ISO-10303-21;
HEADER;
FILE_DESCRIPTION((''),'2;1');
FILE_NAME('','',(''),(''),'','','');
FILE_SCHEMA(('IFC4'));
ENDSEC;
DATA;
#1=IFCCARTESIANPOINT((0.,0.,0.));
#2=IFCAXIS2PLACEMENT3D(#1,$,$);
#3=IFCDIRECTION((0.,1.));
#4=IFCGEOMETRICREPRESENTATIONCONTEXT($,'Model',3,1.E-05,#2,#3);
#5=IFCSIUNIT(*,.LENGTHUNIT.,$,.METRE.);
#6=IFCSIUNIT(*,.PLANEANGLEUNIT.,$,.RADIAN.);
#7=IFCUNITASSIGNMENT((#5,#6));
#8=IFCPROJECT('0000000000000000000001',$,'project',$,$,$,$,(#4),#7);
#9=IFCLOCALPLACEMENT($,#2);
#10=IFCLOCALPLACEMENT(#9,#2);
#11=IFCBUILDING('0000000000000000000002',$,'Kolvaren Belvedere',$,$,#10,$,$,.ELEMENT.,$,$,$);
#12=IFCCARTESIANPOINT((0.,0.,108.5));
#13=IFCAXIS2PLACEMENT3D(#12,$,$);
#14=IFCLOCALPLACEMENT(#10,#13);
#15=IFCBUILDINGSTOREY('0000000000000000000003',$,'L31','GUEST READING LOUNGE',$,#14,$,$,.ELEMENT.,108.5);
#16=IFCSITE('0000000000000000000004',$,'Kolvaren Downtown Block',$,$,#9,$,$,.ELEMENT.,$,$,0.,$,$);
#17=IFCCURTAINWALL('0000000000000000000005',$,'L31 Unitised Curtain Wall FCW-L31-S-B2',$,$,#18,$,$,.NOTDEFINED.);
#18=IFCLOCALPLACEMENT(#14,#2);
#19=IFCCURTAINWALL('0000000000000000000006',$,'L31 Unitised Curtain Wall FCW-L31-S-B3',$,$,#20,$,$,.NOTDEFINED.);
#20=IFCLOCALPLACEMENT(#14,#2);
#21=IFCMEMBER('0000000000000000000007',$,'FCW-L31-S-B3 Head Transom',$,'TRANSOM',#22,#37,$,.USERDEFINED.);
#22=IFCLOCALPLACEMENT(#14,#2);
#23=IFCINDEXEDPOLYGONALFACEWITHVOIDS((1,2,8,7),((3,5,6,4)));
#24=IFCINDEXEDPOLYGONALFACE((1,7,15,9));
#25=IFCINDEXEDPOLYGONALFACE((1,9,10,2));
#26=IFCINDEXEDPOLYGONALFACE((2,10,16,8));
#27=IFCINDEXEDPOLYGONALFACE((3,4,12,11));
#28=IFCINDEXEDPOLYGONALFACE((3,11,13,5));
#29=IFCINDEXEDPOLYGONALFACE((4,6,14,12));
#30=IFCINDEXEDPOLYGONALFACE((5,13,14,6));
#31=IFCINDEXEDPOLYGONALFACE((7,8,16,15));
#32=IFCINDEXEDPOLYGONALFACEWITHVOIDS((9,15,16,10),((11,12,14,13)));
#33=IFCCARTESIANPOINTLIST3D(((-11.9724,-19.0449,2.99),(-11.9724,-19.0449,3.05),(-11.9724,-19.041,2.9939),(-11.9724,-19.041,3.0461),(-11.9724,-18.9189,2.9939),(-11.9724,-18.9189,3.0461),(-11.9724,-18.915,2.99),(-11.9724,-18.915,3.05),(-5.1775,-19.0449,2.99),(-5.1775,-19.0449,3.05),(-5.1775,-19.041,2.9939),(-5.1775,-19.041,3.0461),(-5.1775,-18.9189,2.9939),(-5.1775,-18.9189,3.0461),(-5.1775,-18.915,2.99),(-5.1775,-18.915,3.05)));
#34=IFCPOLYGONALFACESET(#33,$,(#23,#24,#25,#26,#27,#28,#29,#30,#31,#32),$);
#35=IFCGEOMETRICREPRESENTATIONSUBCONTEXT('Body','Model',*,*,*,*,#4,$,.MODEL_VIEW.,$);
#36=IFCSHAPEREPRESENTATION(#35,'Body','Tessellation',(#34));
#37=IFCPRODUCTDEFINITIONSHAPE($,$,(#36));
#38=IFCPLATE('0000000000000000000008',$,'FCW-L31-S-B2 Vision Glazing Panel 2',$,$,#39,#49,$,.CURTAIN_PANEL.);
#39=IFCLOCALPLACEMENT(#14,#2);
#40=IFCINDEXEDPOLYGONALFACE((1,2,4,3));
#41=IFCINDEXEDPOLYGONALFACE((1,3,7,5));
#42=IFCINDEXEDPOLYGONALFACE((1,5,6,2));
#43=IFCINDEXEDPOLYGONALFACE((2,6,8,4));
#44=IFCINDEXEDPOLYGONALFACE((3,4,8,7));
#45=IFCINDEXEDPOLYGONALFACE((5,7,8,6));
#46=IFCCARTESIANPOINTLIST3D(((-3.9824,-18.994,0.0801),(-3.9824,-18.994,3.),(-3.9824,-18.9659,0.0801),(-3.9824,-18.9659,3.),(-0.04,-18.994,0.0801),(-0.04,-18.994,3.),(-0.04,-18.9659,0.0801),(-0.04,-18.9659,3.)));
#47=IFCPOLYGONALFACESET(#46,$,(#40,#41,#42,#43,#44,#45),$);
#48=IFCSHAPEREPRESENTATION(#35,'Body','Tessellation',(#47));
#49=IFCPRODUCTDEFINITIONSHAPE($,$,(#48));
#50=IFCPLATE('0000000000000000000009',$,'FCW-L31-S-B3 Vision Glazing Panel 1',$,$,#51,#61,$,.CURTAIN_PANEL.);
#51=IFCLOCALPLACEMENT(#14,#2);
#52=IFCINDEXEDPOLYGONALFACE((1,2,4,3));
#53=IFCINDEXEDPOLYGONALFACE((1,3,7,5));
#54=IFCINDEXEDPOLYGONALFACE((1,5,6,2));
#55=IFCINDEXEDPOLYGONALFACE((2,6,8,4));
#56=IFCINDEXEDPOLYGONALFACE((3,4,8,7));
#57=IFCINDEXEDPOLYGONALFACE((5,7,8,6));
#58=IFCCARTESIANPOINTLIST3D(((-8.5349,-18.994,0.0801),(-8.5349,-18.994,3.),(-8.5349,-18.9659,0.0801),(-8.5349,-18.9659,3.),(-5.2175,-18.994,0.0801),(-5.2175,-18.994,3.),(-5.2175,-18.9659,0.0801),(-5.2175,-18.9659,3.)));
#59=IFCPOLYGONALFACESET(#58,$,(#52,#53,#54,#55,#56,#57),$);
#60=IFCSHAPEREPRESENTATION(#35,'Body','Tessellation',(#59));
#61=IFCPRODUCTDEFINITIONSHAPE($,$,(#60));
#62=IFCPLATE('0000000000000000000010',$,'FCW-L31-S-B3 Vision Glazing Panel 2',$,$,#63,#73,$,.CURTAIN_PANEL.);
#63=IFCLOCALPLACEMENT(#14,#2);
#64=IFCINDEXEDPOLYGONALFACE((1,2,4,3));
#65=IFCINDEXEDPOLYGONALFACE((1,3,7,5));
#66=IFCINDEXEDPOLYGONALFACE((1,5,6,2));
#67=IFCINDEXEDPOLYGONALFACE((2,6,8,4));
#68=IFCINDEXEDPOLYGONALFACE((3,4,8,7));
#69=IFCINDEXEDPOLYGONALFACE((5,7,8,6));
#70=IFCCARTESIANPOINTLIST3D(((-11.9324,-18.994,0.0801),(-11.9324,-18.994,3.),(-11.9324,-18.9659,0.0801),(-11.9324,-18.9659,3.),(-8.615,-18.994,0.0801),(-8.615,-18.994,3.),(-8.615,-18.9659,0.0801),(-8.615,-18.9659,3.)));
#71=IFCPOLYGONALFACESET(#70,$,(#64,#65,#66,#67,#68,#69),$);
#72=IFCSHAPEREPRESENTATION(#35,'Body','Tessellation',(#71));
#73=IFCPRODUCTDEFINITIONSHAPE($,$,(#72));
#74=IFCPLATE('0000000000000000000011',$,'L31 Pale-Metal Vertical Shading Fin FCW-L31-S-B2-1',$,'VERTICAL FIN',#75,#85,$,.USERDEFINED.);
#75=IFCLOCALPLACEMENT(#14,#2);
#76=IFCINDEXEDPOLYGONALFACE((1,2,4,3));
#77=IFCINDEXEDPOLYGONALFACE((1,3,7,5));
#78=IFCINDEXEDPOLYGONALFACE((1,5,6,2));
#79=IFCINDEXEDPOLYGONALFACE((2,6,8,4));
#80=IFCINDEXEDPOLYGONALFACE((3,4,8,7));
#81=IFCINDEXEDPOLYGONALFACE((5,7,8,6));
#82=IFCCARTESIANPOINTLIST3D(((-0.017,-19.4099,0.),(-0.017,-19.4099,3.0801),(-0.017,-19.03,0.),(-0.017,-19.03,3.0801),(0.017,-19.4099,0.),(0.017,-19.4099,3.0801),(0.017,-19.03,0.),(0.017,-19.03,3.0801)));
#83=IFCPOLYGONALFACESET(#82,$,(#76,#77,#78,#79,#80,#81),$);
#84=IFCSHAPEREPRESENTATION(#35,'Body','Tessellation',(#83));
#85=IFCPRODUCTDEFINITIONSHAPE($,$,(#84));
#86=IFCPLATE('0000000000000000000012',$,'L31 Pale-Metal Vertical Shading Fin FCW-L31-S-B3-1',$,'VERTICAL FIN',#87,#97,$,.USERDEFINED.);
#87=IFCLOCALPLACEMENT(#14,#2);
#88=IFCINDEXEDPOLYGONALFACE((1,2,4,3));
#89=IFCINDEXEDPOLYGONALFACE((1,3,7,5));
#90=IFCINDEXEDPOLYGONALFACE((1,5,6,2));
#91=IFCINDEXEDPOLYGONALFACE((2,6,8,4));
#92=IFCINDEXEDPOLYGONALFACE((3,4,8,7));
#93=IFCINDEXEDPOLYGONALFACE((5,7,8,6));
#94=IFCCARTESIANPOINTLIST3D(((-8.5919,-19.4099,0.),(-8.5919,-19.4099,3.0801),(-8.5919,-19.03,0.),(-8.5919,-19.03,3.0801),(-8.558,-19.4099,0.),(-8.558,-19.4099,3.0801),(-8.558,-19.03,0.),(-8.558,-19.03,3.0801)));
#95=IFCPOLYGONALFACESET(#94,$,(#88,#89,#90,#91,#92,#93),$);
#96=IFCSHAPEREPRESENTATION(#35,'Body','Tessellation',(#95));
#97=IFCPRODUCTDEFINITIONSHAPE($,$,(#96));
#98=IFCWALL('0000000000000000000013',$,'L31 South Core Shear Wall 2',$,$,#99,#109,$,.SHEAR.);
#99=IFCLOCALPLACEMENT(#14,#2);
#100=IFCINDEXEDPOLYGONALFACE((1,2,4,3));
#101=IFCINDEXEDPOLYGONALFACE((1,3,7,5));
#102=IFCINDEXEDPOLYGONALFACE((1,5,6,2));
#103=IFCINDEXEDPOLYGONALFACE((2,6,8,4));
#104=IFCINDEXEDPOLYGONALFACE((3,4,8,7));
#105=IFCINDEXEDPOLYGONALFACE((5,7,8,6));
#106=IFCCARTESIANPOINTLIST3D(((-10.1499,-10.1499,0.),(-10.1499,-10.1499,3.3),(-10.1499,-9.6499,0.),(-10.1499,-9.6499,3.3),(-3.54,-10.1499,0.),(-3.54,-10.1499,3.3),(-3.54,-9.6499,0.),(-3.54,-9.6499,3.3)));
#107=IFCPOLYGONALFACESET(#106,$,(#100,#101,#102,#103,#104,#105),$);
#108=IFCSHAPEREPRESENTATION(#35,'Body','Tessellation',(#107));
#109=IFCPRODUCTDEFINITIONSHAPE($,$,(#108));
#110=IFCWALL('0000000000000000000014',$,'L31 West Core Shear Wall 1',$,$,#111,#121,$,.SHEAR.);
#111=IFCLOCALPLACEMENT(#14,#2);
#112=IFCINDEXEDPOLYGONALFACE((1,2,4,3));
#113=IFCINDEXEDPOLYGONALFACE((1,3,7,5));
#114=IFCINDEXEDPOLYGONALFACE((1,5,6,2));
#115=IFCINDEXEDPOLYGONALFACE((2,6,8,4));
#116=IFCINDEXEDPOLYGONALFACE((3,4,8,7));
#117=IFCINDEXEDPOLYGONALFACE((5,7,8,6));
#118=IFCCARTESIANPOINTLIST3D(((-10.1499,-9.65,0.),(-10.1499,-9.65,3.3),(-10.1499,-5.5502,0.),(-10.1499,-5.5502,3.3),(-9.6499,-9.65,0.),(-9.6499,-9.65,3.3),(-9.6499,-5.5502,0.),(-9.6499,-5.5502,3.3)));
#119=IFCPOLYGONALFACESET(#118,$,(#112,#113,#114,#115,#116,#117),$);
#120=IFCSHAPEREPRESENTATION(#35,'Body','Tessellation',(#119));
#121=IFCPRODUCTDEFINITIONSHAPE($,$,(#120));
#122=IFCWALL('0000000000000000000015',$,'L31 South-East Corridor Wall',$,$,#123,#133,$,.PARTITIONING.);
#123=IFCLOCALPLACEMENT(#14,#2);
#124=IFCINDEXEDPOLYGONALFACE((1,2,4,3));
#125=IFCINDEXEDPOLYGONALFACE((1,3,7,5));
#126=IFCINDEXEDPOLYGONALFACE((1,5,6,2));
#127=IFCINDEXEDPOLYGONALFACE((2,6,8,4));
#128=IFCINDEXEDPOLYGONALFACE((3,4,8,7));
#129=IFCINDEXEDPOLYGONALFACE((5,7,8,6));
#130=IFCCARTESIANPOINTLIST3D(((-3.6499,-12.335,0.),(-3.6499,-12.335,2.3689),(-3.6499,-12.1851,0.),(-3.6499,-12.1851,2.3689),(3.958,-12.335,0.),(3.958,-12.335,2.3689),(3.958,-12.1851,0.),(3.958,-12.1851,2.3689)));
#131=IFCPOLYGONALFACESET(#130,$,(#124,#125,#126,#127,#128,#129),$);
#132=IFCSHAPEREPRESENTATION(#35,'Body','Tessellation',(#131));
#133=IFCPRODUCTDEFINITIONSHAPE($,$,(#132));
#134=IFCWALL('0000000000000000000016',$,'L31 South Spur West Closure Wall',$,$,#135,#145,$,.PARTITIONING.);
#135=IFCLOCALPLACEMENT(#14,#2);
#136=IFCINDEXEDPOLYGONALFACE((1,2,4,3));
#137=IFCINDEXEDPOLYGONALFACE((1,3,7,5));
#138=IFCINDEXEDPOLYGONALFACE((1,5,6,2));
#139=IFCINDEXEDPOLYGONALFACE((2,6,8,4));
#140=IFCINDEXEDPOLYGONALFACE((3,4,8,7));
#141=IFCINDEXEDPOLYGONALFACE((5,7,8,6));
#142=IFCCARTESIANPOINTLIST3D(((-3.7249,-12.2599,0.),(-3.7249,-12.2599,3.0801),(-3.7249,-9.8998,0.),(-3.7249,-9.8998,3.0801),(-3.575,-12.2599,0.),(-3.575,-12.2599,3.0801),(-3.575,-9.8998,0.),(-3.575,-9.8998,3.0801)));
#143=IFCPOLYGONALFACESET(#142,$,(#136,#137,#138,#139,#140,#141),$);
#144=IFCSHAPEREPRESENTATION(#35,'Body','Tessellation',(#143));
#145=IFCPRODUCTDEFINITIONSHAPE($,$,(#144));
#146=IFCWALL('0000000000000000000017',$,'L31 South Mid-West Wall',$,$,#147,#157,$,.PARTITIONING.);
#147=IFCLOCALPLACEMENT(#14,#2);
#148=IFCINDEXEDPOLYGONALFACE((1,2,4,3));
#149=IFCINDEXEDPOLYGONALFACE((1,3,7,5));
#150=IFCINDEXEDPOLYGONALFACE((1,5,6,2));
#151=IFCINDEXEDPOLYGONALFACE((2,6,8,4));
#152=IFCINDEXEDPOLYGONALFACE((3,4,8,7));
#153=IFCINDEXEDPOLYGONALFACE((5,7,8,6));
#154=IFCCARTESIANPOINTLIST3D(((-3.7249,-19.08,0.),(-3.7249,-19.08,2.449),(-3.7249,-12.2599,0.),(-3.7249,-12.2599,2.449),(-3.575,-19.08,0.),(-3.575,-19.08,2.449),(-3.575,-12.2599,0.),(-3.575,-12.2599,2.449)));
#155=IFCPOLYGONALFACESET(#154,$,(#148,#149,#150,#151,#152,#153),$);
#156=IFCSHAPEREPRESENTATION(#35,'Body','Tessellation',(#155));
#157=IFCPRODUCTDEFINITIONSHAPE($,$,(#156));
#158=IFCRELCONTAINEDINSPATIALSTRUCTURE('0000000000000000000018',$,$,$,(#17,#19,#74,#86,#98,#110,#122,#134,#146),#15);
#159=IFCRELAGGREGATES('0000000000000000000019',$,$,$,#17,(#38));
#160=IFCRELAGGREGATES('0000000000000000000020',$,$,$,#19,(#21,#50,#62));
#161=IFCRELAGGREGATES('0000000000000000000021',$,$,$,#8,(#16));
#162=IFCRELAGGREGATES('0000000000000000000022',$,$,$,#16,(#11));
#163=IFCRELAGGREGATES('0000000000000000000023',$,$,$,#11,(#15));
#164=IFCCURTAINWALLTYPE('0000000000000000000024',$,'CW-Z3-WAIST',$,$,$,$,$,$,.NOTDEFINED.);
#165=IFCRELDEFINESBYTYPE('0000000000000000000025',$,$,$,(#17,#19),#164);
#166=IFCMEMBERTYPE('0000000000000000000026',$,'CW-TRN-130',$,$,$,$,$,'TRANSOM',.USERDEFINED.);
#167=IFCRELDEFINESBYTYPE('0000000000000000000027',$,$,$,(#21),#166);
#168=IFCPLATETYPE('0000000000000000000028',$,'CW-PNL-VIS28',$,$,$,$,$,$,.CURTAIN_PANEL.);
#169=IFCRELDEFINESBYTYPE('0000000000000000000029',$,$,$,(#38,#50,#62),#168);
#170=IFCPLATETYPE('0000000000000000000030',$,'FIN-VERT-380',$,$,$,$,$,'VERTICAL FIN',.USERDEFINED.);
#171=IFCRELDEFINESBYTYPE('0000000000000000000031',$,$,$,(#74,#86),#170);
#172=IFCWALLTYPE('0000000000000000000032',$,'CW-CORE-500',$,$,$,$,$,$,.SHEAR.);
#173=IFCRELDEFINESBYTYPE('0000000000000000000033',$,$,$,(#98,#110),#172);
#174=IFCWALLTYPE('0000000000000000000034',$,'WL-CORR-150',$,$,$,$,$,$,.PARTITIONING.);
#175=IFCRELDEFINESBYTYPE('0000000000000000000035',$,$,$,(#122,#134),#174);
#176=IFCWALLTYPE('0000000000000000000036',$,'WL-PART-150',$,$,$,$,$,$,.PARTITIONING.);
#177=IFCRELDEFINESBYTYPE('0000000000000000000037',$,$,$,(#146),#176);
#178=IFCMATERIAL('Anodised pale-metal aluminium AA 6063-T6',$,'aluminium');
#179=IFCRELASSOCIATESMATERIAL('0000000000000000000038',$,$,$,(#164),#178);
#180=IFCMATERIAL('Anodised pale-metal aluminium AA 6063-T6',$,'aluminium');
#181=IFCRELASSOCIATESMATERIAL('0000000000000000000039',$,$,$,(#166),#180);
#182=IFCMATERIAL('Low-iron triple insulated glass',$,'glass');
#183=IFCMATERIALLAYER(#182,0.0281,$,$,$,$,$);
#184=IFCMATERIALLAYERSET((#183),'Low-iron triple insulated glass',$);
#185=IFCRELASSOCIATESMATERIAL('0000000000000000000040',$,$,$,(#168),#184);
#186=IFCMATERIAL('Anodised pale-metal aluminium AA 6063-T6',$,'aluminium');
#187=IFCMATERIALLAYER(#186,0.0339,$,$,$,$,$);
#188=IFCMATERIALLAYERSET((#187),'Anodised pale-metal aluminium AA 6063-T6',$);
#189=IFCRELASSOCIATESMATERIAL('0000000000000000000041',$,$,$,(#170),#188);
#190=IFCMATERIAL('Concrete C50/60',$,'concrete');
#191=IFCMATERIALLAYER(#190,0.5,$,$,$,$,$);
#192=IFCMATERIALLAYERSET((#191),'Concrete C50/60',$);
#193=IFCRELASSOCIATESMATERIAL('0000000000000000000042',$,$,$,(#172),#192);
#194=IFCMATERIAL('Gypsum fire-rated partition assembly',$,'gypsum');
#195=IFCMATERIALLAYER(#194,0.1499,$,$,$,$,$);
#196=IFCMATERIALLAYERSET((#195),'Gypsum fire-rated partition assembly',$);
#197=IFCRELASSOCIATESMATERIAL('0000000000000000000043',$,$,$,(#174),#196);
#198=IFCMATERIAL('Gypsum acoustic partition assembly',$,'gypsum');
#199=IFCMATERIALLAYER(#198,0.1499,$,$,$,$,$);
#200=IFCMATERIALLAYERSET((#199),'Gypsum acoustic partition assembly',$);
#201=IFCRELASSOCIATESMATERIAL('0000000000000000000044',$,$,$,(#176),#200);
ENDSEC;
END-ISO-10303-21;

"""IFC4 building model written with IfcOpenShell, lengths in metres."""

from ifc_helpers import new_model, si_unit, direction, frame, frame_2d, origin, origin_2d, place, context, subcontext, project, spatial, rectangle, hollow_rectangle, extrude, material, layer, layer_set, material_profile, profile_set, type_object, element, aggregate, save


model = new_model("IFC4")

# Units and contexts
model_context = context("Model", 3, precision=1e-05, world=origin(), true_north=direction((0.0, 1.0)))
body_context = subcontext(model_context, "Body", "Model", "MODEL_VIEW")
ifc_project = project(units=[si_unit("LENGTHUNIT", "METRE"), si_unit("PLANEANGLEUNIT", "RADIAN")], contexts=[model_context])

# Site, building, storey
site_placement = place(None, origin())
site = spatial("IfcSite", under=ifc_project, at=site_placement, Name="Kolvaren Downtown Block", CompositionType="ELEMENT", RefElevation=0.0)
building_placement = place(site_placement, origin())
building = spatial("IfcBuilding", under=site, at=building_placement, Name="Kolvaren Belvedere", CompositionType="ELEMENT")
storey_placement = place(building_placement, frame((0.0, 0.0, 108.5)))
storey = spatial("IfcBuildingStorey", under=building, at=storey_placement, Name="L31", Description="GUEST READING LOUNGE", CompositionType="ELEMENT", Elevation=108.5)

# Curtain walls, member
ifc_material_1 = material(Name="Anodised pale-metal aluminium AA 6063-T6", Category="aluminium")
curtain_wall_type = type_object("IfcCurtainWallType", Name="CW-Z3-WAIST", PredefinedType="NOTDEFINED", material=ifc_material_1)
curtain_wall_1_placement = place(storey_placement, origin())
curtain_wall_1 = element("IfcCurtainWall", 1, at=curtain_wall_1_placement, inside=storey, type_object=curtain_wall_type, Name="L31 Unitised Curtain Wall FCW-L31-S-B2", PredefinedType="NOTDEFINED")
curtain_wall_2_placement = place(storey_placement, origin())
curtain_wall_2 = element("IfcCurtainWall", 2, at=curtain_wall_2_placement, inside=storey, type_object=curtain_wall_type, Name="L31 Unitised Curtain Wall FCW-L31-S-B3", PredefinedType="NOTDEFINED")
ifc_material_2 = material(Name="Anodised pale-metal aluminium AA 6063-T6", Category="aluminium")
ifc_material_profile_1 = material_profile(ifc_material_2, hollow_rectangle(XDim=0.0601, YDim=0.1299, WallThickness=0.0039, at=origin_2d()), Name="ALU-TRN-130X60")
ifc_profile_set_1 = profile_set([ifc_material_profile_1], Name="Anodised pale-metal aluminium AA 6063-T6")
member_type_1 = type_object("IfcMemberType", Name="CW-TRN-130", ElementType="TRANSOM", PredefinedType="USERDEFINED", material=ifc_profile_set_1)
member_1_placement = place(storey_placement, frame((-5.1775, -18.98, 3.02), z_axis=(-1.0, 0.0, 0.0), x_axis=(0.0, 0.0, 1.0)))
member_1 = element("IfcMember", 3, at=member_1_placement, type_object=member_type_1, Name="FCW-L31-S-B3 Head Transom", ObjectType="TRANSOM", PredefinedType="USERDEFINED", context=body_context, shape_type="SweptSolid", body=[
    extrude(hollow_rectangle(XDim=0.0601, YDim=0.1299, WallThickness=0.0039, at=origin_2d()), origin(), (0.0, 0.0, 1.0), 6.7949),
])

# Plates
ifc_material_3 = material(Name="Low-iron triple insulated glass", Category="glass")
ifc_layer_1 = layer(ifc_material_3, 0.0281)
ifc_layer_set_1 = layer_set([ifc_layer_1], Name="Low-iron triple insulated glass")
plate_type_1 = type_object("IfcPlateType", Name="CW-PNL-VIS28", PredefinedType="CURTAIN_PANEL", material=ifc_layer_set_1)
plate_1_placement = place(storey_placement, frame((-2.0112, -18.98, 0.0801), z_axis=(0.0, 0.0, 1.0), x_axis=(-1.0, 0.0, 0.0)))
plate_1 = element("IfcPlate", 4, at=plate_1_placement, type_object=plate_type_1, Name="FCW-L31-S-B2 Vision Glazing Panel 2", PredefinedType="CURTAIN_PANEL", context=body_context, shape_type="SweptSolid", body=[
    extrude(rectangle(XDim=3.9424, YDim=0.0281, at=origin_2d()), origin(), (0.0, 0.0, 1.0), 2.9199),
])
aggregate(curtain_wall_1, [plate_1])
plate_2_placement = place(storey_placement, frame((-6.8762, -18.98, 0.0801), z_axis=(0.0, 0.0, 1.0), x_axis=(-1.0, 0.0, 0.0)))
plate_2 = element("IfcPlate", 5, at=plate_2_placement, type_object=plate_type_1, Name="FCW-L31-S-B3 Vision Glazing Panel 1", PredefinedType="CURTAIN_PANEL", context=body_context, shape_type="SweptSolid", body=[
    extrude(rectangle(XDim=3.3174, YDim=0.0281, at=origin_2d()), origin(), (0.0, 0.0, 1.0), 2.9199),
])
plate_3_placement = place(storey_placement, frame((-10.2737, -18.98, 0.0801), z_axis=(0.0, 0.0, 1.0), x_axis=(-1.0, 0.0, 0.0)))
plate_3 = element("IfcPlate", 6, at=plate_3_placement, type_object=plate_type_1, Name="FCW-L31-S-B3 Vision Glazing Panel 2", PredefinedType="CURTAIN_PANEL", context=body_context, shape_type="SweptSolid", body=[
    extrude(rectangle(XDim=3.3174, YDim=0.0281, at=origin_2d()), origin(), (0.0, 0.0, 1.0), 2.9199),
])
aggregate(curtain_wall_2, [member_1, plate_2, plate_3])

# Plates
ifc_material_4 = material(Name="Anodised pale-metal aluminium AA 6063-T6", Category="aluminium")
ifc_layer_2 = layer(ifc_material_4, 0.0339)
ifc_layer_set_2 = layer_set([ifc_layer_2], Name="Anodised pale-metal aluminium AA 6063-T6")
plate_type_2 = type_object("IfcPlateType", Name="FIN-VERT-380", ElementType="VERTICAL FIN", PredefinedType="USERDEFINED", material=ifc_layer_set_2)
for number, where, z_axis, x_axis, name in (
    (7, (0.0, -19.22, 0.0), (0.0, 0.0, 1.0), (0.0, 1.0, 0.0), "L31 Pale-Metal Vertical Shading Fin FCW-L31-S-B2-1"),
    (8, (-8.575, -19.22, 0.0), (0.0, 0.0, 1.0), (0.0, 1.0, 0.0), "L31 Pale-Metal Vertical Shading Fin FCW-L31-S-B3-1"),
):
    element("IfcPlate", number, at=place(storey_placement, frame(where, z_axis=z_axis, x_axis=x_axis)), inside=storey, type_object=plate_type_2, Name=name, ObjectType="VERTICAL FIN", PredefinedType="USERDEFINED", context=body_context, shape_type="SweptSolid", body=[
        extrude(rectangle(XDim=0.3799, YDim=0.0339, at=origin_2d()), origin(), (0.0, 0.0, 1.0), 3.0801),
    ])

# Walls
ifc_material_5 = material(Name="Concrete C50/60", Category="concrete")
ifc_layer_3 = layer(ifc_material_5, 0.5)
ifc_layer_set_3 = layer_set([ifc_layer_3], Name="Concrete C50/60")
wall_type_1 = type_object("IfcWallType", Name="CW-CORE-500", PredefinedType="SHEAR", material=ifc_layer_set_3)
wall_1_placement = place(storey_placement, frame((-3.54, -9.8999, 0.0), z_axis=(0.0, 0.0, 1.0), x_axis=(-1.0, 0.0, 0.0)))
element("IfcWall", 9, at=wall_1_placement, inside=storey, type_object=wall_type_1, Name="L31 South Core Shear Wall 2", PredefinedType="SHEAR", context=body_context, shape_type="SweptSolid", body=[
    extrude(rectangle(XDim=6.6099, YDim=0.5, at=frame_2d((3.3049, 0.0))), origin(), (0.0, 0.0, 1.0), 3.3),
])
wall_2_placement = place(storey_placement, frame((-9.8999, -9.6499, 0.0), z_axis=(0.0, 0.0, 1.0), x_axis=(0.0, 1.0, 0.0)))
element("IfcWall", 10, at=wall_2_placement, inside=storey, type_object=wall_type_1, Name="L31 West Core Shear Wall 1", PredefinedType="SHEAR", context=body_context, shape_type="SweptSolid", body=[
    extrude(rectangle(XDim=4.0999, YDim=0.5, at=frame_2d((2.0498, 0.0))), origin(), (0.0, 0.0, 1.0), 3.3),
])
ifc_material_6 = material(Name="Gypsum fire-rated partition assembly", Category="gypsum")
ifc_layer_4 = layer(ifc_material_6, 0.1499)
ifc_layer_set_4 = layer_set([ifc_layer_4], Name="Gypsum fire-rated partition assembly")
wall_type_2 = type_object("IfcWallType", Name="WL-CORR-150", PredefinedType="PARTITIONING", material=ifc_layer_set_4)
wall_3_placement = place(storey_placement, frame((-3.6499, -12.26, 0.0), z_axis=(0.0, 0.0, 1.0), x_axis=(1.0, 0.0, 0.0)))
element("IfcWall", 11, at=wall_3_placement, inside=storey, type_object=wall_type_2, Name="L31 South-East Corridor Wall", PredefinedType="PARTITIONING", context=body_context, shape_type="SweptSolid", body=[
    extrude(rectangle(XDim=7.6079, YDim=0.1499, at=frame_2d((3.804, 0.0))), origin(), (0.0, 0.0, 1.0), 2.3689),
])
wall_4_placement = place(storey_placement, frame((-3.6499, -12.26, 0.0), z_axis=(0.0, 0.0, 1.0), x_axis=(0.0, 1.0, 0.0)))
element("IfcWall", 12, at=wall_4_placement, inside=storey, type_object=wall_type_2, Name="L31 South Spur West Closure Wall", PredefinedType="PARTITIONING", context=body_context, shape_type="SweptSolid", body=[
    extrude(rectangle(XDim=2.3601, YDim=0.1499, at=frame_2d((1.1802, 0.0))), origin(), (0.0, 0.0, 1.0), 3.0801),
])
ifc_material_7 = material(Name="Gypsum acoustic partition assembly", Category="gypsum")
ifc_layer_5 = layer(ifc_material_7, 0.1499)
ifc_layer_set_5 = layer_set([ifc_layer_5], Name="Gypsum acoustic partition assembly")
wall_type_3 = type_object("IfcWallType", Name="WL-PART-150", PredefinedType="PARTITIONING", material=ifc_layer_set_5)
wall_5_placement = place(storey_placement, frame((-3.6499, -19.0801, 0.0), z_axis=(0.0, 0.0, 1.0), x_axis=(0.0, 1.0, 0.0)))
element("IfcWall", 13, at=wall_5_placement, inside=storey, type_object=wall_type_3, Name="L31 South Mid-West Wall", PredefinedType="PARTITIONING", context=body_context, shape_type="SweptSolid", body=[
    extrude(rectangle(XDim=6.8201, YDim=0.1499, at=frame_2d((3.4102, 0.0))), origin(), (0.0, 0.0, 1.0), 2.449),
])

save(model, "model.ifc")
